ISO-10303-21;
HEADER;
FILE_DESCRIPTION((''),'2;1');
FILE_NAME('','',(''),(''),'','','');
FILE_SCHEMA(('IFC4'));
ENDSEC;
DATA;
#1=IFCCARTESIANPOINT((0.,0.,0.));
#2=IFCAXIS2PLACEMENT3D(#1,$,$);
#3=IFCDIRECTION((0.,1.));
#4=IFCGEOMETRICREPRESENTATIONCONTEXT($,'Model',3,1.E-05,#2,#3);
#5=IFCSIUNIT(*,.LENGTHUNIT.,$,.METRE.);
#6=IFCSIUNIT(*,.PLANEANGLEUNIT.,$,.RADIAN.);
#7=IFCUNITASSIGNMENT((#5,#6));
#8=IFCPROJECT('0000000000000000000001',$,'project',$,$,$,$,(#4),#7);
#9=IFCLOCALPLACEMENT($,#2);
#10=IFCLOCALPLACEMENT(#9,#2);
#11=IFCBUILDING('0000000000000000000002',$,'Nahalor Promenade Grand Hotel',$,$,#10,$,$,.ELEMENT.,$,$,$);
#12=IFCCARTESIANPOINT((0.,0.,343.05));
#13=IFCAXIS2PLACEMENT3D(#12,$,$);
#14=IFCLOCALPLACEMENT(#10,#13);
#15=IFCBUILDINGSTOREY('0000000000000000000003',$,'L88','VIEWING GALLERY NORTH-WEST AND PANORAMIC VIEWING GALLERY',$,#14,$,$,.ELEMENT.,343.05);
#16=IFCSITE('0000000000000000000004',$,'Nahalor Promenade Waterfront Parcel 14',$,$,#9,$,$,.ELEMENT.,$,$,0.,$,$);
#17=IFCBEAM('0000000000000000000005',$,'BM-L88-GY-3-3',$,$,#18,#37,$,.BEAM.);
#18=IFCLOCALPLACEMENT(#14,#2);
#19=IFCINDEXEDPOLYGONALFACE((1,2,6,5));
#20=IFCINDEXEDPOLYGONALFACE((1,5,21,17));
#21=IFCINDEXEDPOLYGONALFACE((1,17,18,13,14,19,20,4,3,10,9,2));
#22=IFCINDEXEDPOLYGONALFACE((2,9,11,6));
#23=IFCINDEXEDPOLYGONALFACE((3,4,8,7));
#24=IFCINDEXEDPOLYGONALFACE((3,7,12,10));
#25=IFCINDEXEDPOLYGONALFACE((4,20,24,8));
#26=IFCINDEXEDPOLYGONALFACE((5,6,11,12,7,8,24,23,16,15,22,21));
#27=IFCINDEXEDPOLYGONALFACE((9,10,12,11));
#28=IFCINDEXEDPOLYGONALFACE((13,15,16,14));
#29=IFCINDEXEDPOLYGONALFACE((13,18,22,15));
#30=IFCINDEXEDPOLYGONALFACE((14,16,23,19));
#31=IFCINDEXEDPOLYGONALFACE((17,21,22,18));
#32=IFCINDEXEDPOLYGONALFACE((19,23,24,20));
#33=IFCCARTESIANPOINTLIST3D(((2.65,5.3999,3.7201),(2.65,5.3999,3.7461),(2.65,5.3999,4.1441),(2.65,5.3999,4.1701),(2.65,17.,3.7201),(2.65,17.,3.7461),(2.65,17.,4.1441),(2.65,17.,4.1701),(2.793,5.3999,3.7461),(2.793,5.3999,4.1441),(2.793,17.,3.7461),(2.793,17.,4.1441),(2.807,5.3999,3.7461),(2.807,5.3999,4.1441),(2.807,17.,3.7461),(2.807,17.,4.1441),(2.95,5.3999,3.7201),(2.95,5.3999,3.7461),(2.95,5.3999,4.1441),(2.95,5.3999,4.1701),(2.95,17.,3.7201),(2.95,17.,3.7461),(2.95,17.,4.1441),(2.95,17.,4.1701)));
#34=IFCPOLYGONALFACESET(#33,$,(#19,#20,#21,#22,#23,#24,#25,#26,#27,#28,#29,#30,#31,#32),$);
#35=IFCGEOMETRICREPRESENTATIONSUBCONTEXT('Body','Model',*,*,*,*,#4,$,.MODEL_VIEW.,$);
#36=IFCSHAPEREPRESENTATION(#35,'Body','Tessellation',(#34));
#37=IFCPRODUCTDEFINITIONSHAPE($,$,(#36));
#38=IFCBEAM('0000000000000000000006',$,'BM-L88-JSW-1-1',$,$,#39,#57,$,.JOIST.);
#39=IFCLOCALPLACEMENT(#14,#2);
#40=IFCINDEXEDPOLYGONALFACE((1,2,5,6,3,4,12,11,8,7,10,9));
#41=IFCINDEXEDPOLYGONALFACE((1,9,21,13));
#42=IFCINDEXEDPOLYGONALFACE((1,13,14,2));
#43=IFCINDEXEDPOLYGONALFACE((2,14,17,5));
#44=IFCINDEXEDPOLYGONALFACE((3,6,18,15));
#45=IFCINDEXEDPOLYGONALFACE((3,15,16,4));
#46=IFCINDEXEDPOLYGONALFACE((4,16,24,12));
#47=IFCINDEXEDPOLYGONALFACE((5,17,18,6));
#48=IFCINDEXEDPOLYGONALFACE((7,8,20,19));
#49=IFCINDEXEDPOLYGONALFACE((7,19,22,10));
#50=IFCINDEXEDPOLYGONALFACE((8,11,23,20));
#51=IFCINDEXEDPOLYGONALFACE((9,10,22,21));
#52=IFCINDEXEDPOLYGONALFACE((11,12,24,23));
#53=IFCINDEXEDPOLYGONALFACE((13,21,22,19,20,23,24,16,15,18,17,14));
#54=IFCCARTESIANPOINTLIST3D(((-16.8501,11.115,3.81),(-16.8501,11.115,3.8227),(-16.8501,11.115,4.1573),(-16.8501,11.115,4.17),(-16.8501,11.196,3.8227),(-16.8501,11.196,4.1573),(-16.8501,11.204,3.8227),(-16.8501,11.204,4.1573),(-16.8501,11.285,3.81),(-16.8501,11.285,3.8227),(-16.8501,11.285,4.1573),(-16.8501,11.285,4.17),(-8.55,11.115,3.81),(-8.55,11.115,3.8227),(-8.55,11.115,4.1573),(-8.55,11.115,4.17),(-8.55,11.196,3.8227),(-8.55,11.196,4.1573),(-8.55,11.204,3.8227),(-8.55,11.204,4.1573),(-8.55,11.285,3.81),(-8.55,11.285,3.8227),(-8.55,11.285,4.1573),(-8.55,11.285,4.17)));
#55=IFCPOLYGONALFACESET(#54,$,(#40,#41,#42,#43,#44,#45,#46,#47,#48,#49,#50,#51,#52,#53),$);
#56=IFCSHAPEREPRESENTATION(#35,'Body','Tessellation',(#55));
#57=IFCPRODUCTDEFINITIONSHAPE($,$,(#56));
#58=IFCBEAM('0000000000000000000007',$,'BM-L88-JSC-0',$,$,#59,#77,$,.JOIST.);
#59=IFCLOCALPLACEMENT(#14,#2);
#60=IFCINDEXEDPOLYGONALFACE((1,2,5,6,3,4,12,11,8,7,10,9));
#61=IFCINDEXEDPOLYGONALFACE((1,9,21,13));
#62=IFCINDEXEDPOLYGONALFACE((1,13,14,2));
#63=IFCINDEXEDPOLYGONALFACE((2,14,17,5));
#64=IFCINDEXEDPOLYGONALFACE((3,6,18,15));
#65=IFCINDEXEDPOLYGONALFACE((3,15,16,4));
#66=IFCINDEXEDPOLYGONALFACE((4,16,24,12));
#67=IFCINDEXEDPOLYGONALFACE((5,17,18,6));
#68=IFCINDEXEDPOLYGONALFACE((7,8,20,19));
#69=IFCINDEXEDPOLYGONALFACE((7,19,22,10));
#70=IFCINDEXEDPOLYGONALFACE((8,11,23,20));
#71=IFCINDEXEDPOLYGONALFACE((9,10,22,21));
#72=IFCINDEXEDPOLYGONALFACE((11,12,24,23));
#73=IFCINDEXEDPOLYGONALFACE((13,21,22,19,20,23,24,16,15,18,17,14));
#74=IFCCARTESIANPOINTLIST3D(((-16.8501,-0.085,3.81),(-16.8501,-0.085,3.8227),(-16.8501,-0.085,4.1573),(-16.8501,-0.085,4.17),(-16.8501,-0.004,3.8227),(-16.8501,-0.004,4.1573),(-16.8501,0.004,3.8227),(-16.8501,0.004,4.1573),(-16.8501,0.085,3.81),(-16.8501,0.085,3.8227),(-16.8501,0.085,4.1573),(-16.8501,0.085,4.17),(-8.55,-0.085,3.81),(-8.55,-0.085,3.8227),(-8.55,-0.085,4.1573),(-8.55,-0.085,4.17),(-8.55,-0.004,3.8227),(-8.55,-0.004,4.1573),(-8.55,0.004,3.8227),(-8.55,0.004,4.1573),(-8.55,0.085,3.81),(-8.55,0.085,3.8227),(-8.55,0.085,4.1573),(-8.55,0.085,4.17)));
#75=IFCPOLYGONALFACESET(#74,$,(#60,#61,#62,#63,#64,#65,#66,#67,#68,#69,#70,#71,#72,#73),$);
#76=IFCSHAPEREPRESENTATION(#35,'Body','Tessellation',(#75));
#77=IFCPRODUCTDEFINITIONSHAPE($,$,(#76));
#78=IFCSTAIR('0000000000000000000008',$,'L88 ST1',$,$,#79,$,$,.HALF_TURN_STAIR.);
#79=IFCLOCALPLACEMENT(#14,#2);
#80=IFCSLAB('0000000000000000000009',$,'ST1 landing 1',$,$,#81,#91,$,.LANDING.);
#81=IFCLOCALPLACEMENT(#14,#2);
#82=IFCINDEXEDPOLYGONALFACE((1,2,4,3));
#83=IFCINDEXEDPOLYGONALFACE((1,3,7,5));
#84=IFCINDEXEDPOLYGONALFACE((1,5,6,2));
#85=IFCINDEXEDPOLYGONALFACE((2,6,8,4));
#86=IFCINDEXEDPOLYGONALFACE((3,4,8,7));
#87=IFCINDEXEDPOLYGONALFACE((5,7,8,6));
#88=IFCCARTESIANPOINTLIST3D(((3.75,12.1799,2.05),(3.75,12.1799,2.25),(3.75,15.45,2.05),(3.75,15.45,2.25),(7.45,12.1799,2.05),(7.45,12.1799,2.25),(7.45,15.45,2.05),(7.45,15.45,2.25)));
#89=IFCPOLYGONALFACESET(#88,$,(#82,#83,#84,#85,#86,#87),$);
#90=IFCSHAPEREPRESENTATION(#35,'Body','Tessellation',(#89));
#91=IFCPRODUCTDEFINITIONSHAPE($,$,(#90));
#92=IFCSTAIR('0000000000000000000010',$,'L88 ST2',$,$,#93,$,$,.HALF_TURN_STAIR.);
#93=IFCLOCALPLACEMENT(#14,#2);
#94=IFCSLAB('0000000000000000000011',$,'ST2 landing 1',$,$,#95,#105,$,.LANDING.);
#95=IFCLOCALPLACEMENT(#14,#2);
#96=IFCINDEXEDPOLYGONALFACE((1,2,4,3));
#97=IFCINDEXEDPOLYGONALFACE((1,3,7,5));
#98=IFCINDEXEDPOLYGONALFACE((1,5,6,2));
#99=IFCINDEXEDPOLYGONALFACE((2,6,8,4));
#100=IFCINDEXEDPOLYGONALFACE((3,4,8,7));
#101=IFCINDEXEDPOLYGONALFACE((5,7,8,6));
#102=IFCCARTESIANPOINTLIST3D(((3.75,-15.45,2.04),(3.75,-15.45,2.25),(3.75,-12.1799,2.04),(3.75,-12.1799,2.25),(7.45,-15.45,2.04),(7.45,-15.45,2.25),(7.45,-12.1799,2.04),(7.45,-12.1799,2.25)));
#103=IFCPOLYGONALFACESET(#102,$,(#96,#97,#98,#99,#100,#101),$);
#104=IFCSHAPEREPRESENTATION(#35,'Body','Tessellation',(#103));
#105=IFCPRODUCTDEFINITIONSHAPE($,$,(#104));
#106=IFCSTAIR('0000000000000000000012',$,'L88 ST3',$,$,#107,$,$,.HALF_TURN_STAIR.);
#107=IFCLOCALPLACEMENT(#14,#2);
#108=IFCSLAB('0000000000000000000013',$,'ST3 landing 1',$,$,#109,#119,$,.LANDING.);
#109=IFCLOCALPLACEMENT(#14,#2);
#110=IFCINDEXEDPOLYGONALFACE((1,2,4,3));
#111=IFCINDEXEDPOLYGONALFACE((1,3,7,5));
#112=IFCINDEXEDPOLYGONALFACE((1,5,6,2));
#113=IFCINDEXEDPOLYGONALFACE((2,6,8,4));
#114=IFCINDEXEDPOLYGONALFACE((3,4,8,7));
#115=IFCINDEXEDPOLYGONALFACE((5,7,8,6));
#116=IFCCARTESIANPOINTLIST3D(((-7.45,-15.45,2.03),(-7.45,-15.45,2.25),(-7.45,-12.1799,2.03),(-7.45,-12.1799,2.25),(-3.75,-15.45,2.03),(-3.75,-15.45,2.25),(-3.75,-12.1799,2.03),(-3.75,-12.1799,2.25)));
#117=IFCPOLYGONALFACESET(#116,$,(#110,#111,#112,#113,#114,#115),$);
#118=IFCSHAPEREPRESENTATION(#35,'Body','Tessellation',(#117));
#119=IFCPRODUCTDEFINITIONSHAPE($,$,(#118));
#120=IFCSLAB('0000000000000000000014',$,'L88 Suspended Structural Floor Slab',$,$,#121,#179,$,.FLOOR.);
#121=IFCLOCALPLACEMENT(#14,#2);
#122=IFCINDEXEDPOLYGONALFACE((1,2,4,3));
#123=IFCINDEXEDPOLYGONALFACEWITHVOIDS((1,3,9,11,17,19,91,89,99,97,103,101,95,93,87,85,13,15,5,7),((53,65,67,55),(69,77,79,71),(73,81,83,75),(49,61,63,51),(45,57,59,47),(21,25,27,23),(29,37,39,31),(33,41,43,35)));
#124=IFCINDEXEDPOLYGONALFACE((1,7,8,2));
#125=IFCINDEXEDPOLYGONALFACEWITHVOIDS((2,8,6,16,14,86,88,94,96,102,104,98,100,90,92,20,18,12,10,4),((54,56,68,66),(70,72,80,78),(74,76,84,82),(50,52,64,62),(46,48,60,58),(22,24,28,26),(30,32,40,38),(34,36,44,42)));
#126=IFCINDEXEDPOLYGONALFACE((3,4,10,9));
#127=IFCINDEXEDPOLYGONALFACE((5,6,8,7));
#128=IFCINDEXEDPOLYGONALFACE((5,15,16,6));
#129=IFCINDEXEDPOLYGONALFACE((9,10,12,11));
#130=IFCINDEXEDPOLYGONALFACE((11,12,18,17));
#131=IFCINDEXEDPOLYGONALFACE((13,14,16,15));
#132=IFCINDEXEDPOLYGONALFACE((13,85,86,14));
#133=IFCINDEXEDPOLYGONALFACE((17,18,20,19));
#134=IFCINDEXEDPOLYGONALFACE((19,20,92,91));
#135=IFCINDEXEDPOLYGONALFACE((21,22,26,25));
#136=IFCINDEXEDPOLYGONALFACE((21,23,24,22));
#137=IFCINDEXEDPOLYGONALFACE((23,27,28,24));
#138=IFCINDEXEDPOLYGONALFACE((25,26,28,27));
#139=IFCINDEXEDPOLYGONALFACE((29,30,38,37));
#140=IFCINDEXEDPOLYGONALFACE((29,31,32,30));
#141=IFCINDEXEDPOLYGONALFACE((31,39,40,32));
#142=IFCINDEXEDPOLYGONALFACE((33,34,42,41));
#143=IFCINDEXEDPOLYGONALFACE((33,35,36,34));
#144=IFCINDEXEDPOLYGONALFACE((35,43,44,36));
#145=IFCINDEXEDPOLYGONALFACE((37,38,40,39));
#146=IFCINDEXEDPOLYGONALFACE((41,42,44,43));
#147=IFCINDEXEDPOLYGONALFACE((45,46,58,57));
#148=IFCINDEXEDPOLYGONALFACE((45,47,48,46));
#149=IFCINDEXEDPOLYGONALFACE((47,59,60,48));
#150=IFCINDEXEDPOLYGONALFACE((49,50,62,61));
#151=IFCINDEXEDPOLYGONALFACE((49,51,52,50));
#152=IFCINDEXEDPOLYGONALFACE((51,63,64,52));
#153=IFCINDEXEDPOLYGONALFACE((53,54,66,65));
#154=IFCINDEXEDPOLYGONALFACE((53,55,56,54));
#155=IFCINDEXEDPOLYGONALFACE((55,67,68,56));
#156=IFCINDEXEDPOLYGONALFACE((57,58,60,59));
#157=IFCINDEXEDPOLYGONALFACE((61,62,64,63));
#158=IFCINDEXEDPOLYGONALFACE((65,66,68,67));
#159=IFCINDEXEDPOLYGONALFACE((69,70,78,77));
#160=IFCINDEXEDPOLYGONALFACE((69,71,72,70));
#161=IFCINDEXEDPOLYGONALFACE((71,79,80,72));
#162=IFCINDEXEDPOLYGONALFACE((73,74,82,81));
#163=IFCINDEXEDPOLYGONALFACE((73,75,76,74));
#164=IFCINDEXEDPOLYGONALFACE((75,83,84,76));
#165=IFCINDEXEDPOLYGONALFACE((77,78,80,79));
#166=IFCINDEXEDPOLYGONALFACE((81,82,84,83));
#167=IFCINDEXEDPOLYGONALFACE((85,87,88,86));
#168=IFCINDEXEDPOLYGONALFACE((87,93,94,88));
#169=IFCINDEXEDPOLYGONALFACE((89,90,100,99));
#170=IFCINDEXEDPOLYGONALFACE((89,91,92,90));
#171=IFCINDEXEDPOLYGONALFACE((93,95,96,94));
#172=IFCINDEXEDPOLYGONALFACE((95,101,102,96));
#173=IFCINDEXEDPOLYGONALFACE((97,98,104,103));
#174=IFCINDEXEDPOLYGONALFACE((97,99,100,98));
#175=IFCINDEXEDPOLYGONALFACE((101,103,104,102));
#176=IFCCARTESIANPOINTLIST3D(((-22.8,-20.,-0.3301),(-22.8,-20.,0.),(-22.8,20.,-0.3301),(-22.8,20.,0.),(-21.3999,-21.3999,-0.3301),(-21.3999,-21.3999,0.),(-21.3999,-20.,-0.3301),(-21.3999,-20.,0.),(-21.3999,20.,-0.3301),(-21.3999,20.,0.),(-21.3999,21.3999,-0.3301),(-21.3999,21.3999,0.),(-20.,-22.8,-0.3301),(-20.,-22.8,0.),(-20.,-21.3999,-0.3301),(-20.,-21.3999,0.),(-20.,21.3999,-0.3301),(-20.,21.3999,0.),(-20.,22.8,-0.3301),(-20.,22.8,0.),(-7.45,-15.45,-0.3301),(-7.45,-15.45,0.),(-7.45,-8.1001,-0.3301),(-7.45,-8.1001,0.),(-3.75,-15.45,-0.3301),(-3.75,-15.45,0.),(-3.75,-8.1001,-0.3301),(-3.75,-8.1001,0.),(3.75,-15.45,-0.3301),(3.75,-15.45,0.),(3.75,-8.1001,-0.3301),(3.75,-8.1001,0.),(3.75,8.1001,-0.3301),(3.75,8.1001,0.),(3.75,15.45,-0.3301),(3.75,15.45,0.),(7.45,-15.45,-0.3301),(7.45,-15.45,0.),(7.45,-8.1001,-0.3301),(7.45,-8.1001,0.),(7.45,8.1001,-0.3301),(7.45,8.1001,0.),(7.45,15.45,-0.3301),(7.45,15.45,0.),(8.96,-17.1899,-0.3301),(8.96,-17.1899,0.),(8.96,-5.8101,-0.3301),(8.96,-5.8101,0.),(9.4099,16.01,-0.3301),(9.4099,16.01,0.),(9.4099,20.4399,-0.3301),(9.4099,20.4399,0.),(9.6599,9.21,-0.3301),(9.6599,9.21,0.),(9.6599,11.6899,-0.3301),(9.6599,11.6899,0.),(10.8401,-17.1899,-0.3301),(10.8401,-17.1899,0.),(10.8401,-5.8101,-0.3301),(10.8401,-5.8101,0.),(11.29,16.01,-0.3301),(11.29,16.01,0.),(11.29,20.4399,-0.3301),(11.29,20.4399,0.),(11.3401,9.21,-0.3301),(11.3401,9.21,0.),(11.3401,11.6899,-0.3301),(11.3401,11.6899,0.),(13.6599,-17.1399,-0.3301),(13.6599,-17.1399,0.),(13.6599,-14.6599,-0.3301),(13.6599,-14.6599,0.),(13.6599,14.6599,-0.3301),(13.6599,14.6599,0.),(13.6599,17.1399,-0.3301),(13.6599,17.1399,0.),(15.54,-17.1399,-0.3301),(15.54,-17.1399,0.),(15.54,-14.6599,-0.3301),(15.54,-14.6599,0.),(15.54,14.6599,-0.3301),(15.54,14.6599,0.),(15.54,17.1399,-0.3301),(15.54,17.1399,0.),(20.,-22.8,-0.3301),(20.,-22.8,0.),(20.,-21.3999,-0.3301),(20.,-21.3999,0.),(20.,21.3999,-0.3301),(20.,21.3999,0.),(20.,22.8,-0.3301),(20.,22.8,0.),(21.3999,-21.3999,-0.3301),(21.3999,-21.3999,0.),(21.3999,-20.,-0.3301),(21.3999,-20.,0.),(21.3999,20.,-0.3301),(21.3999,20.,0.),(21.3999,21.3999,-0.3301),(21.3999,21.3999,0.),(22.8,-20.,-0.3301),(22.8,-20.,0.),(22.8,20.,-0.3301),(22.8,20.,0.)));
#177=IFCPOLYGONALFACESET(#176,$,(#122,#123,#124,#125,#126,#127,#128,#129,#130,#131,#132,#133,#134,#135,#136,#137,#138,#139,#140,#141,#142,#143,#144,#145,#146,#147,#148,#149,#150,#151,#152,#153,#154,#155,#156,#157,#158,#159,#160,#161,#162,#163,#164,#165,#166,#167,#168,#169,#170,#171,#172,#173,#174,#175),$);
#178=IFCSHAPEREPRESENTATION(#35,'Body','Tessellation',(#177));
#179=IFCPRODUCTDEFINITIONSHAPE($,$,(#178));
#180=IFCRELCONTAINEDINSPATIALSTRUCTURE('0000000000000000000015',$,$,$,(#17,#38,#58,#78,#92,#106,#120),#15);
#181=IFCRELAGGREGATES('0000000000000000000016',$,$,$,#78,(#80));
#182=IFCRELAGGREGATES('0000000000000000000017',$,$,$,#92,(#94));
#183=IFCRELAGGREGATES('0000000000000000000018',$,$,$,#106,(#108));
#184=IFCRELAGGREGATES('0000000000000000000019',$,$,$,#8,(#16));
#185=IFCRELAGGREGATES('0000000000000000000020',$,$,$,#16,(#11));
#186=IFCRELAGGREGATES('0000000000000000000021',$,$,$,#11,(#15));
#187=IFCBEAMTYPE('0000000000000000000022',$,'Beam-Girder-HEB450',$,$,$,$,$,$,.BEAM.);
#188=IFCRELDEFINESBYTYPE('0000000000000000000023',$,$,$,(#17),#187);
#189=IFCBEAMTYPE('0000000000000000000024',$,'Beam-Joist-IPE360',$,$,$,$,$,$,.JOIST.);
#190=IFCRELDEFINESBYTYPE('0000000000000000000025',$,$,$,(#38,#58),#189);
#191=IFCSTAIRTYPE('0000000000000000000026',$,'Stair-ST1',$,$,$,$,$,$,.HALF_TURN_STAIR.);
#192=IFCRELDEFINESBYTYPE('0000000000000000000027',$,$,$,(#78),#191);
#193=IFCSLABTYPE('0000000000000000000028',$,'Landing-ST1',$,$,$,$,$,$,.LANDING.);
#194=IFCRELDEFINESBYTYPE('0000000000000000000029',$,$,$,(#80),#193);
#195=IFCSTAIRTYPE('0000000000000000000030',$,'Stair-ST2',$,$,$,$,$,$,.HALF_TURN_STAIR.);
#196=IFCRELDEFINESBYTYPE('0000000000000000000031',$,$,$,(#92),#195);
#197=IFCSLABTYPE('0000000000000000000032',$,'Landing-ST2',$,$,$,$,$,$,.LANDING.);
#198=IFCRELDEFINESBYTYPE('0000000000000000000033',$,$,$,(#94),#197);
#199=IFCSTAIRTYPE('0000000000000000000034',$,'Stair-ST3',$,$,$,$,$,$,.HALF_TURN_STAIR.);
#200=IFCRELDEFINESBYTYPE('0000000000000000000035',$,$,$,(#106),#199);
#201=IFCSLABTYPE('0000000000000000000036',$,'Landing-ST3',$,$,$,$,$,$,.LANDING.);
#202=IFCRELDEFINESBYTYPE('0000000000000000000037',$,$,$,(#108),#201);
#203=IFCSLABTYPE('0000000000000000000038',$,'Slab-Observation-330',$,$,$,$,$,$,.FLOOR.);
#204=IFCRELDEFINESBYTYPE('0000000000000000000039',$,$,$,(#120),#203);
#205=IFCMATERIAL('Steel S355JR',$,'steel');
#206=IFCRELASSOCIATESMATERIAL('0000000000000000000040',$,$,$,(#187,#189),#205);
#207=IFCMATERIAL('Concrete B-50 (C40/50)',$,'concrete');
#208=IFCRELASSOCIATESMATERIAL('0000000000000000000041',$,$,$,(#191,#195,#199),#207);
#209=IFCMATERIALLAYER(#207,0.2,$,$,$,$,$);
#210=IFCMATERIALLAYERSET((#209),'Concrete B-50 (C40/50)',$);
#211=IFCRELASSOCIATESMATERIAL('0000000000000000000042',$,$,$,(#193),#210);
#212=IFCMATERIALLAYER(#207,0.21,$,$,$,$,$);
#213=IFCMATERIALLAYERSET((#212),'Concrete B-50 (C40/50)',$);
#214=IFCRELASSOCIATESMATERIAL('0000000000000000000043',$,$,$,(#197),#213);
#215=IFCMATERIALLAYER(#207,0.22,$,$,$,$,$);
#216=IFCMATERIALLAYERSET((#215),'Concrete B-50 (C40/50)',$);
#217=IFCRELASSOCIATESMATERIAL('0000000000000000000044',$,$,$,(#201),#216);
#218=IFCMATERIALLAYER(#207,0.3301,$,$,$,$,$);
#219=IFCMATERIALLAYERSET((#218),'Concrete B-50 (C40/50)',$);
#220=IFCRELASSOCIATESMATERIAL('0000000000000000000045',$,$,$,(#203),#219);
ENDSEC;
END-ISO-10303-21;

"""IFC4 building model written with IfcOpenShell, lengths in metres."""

from ifc_helpers import new_model, si_unit, direction, frame, origin, origin_2d, place, context, subcontext, project, spatial, polyline, i_section, outline, extrude, source, transform, mapped, material, layer, layer_set, material_profile, profile_set, type_object, element, aggregate, save


model = new_model("IFC4")

# Units and contexts
model_context = context("Model", 3, precision=1e-05, world=origin(), true_north=direction((0.0, 1.0)))
body_context = subcontext(model_context, "Body", "Model", "MODEL_VIEW")
ifc_project = project(units=[si_unit("LENGTHUNIT", "METRE"), si_unit("PLANEANGLEUNIT", "RADIAN")], contexts=[model_context])

# Site, building, storey
site_placement = place(None, origin())
site = spatial("IfcSite", under=ifc_project, at=site_placement, Name="Nahalor Promenade Waterfront Parcel 14", CompositionType="ELEMENT", RefElevation=0.0)
building_placement = place(site_placement, origin())
building = spatial("IfcBuilding", under=site, at=building_placement, Name="Nahalor Promenade Grand Hotel", CompositionType="ELEMENT")
storey_placement = place(building_placement, frame((0.0, 0.0, 343.05)))
storey = spatial("IfcBuildingStorey", under=building, at=storey_placement, Name="L88", Description="VIEWING GALLERY NORTH-WEST AND PANORAMIC VIEWING GALLERY", CompositionType="ELEMENT", Elevation=343.05)

# Shared definitions
ifc_material_1 = material(Name="Concrete B-50 (C40/50)", Category="concrete")

# Beams
ifc_material_2 = material(Name="Steel S355JR", Category="steel")
ifc_material_profile_1 = material_profile(ifc_material_2, i_section(OverallWidth=0.3, OverallDepth=0.45, WebThickness=0.014, FlangeThickness=0.026, at=origin_2d()), Name="HEB 450")
ifc_profile_set_1 = profile_set([ifc_material_profile_1], Name="Steel S355JR")
beam_type_1 = type_object("IfcBeamType", Name="Beam-Girder-HEB450", PredefinedType="BEAM", material=ifc_profile_set_1)
shared_shape_1 = source(origin(), body_context, "Body", "SweptSolid", [
    extrude(i_section(OverallWidth=0.3, OverallDepth=0.45, WebThickness=0.014, FlangeThickness=0.026, at=origin_2d()), origin(), (0.0, 0.0, 1.0), 11.6001),
])
for number, where, z_axis, x_axis, name in (
    (1, (2.8, 5.3999, 3.9451), (0.0, 1.0, 0.0), (-1.0, 0.0, 0.0), "BM-L88-GY-3-3"),
):
    element("IfcBeam", number, at=place(storey_placement, frame(where, z_axis=z_axis, x_axis=x_axis)), inside=storey, type_object=beam_type_1, Name=name, PredefinedType="BEAM", context=body_context, shape_type="MappedRepresentation", body=[
        mapped(shared_shape_1, transform((0.0, 0.0, 0.0), scale=1.0)),
    ])
ifc_material_profile_2 = material_profile(ifc_material_2, i_section(OverallWidth=0.17, OverallDepth=0.36, WebThickness=0.008, FlangeThickness=0.0127, at=origin_2d()), Name="IPE 360")
ifc_profile_set_2 = profile_set([ifc_material_profile_2], Name="Steel S355JR")
beam_type_2 = type_object("IfcBeamType", Name="Beam-Joist-IPE360", PredefinedType="JOIST", material=ifc_profile_set_2)
shared_shape_2 = source(origin(), body_context, "Body", "SweptSolid", [
    extrude(i_section(OverallWidth=0.17, OverallDepth=0.36, WebThickness=0.008, FlangeThickness=0.0127, at=origin_2d()), origin(), (0.0, 0.0, 1.0), 8.3),
])
for number, where, z_axis, x_axis, name in (
    (2, (-16.8501, 11.2, 3.99), (1.0, 0.0, 0.0), (0.0, 1.0, 0.0), "BM-L88-JSW-1-1"),
    (3, (-16.8501, 0.0, 3.99), (1.0, 0.0, 0.0), (0.0, 1.0, 0.0), "BM-L88-JSC-0"),
):
    element("IfcBeam", number, at=place(storey_placement, frame(where, z_axis=z_axis, x_axis=x_axis)), inside=storey, type_object=beam_type_2, Name=name, PredefinedType="JOIST", context=body_context, shape_type="MappedRepresentation", body=[
        mapped(shared_shape_2, transform((0.0, 0.0, 0.0), scale=1.0)),
    ])

# Stairs, slabs
stair_type_1 = type_object("IfcStairType", Name="Stair-ST1", PredefinedType="HALF_TURN_STAIR", material=ifc_material_1)
stair_1_placement = place(storey_placement, origin())
stair_1 = element("IfcStair", 4, at=stair_1_placement, inside=storey, type_object=stair_type_1, Name="L88 ST1", PredefinedType="HALF_TURN_STAIR")
ifc_layer_1 = layer(ifc_material_1, 0.2)
ifc_layer_set_1 = layer_set([ifc_layer_1], Name="Concrete B-50 (C40/50)")
slab_type_1 = type_object("IfcSlabType", Name="Landing-ST1", PredefinedType="LANDING", material=ifc_layer_set_1)
slab_1_placement = place(storey_placement, frame((0.0, 0.0, 2.05)))
slab_1 = element("IfcSlab", 5, at=slab_1_placement, type_object=slab_type_1, Name="ST1 landing 1", PredefinedType="LANDING", context=body_context, shape_type="SweptSolid", body=[
    extrude(outline(polyline([(7.45, 12.1799), (7.45, 15.45), (3.75, 15.45), (3.75, 12.1799), (7.45, 12.1799)])), origin(), (0.0, 0.0, 1.0), 0.2),
])
aggregate(stair_1, [slab_1])
stair_type_2 = type_object("IfcStairType", Name="Stair-ST2", PredefinedType="HALF_TURN_STAIR", material=ifc_material_1)
stair_2_placement = place(storey_placement, origin())
stair_2 = element("IfcStair", 6, at=stair_2_placement, inside=storey, type_object=stair_type_2, Name="L88 ST2", PredefinedType="HALF_TURN_STAIR")
ifc_layer_2 = layer(ifc_material_1, 0.21)
ifc_layer_set_2 = layer_set([ifc_layer_2], Name="Concrete B-50 (C40/50)")
slab_type_2 = type_object("IfcSlabType", Name="Landing-ST2", PredefinedType="LANDING", material=ifc_layer_set_2)
slab_2_placement = place(storey_placement, frame((0.0, 0.0, 2.04)))
slab_2 = element("IfcSlab", 7, at=slab_2_placement, type_object=slab_type_2, Name="ST2 landing 1", PredefinedType="LANDING", context=body_context, shape_type="SweptSolid", body=[
    extrude(outline(polyline([(3.75, -12.1799), (3.75, -15.45), (7.45, -15.45), (7.45, -12.1799), (3.75, -12.1799)])), origin(), (0.0, 0.0, 1.0), 0.21),
])
aggregate(stair_2, [slab_2])
stair_type_3 = type_object("IfcStairType", Name="Stair-ST3", PredefinedType="HALF_TURN_STAIR", material=ifc_material_1)
stair_3_placement = place(storey_placement, origin())
stair_3 = element("IfcStair", 8, at=stair_3_placement, inside=storey, type_object=stair_type_3, Name="L88 ST3", PredefinedType="HALF_TURN_STAIR")
ifc_layer_3 = layer(ifc_material_1, 0.22)
ifc_layer_set_3 = layer_set([ifc_layer_3], Name="Concrete B-50 (C40/50)")
slab_type_3 = type_object("IfcSlabType", Name="Landing-ST3", PredefinedType="LANDING", material=ifc_layer_set_3)
slab_3_placement = place(storey_placement, frame((0.0, 0.0, 2.03)))
slab_3 = element("IfcSlab", 9, at=slab_3_placement, type_object=slab_type_3, Name="ST3 landing 1", PredefinedType="LANDING", context=body_context, shape_type="SweptSolid", body=[
    extrude(outline(polyline([(-7.45, -12.1799), (-7.45, -15.45), (-3.75, -15.45), (-3.75, -12.1799), (-7.45, -12.1799)])), origin(), (0.0, 0.0, 1.0), 0.22),
])
aggregate(stair_3, [slab_3])

# Slab
ifc_layer_4 = layer(ifc_material_1, 0.3301)
ifc_layer_set_4 = layer_set([ifc_layer_4], Name="Concrete B-50 (C40/50)")
slab_type_4 = type_object("IfcSlabType", Name="Slab-Observation-330", PredefinedType="FLOOR", material=ifc_layer_set_4)
slab_4_placement = place(storey_placement, frame((0.0, 0.0, -0.3301)))
element("IfcSlab", 10, at=slab_4_placement, inside=storey, type_object=slab_type_4, Name="L88 Suspended Structural Floor Slab", PredefinedType="FLOOR", context=body_context, shape_type="SweptSolid", body=[
    extrude(outline(polyline([(-20.0, -22.8), (20.0, -22.8), (20.0, -21.3999), (21.3999, -21.3999), (21.3999, -20.0), (22.8, -20.0), (22.8, 20.0), (21.3999, 20.0), (21.3999, 21.3999), (20.0, 21.3999), (20.0, 22.8), (-20.0, 22.8), (-20.0, 21.3999), (-21.3999, 21.3999), (-21.3999, 20.0), (-22.8, 20.0), (-22.8, -20.0), (-21.3999, -20.0), (-21.3999, -21.3999), (-20.0, -21.3999), (-20.0, -22.8)]), holes=[polyline([(3.75, 8.1001), (7.45, 8.1001), (7.45, 15.45), (3.75, 15.45), (3.75, 8.1001)]), polyline([(3.75, -15.45), (7.45, -15.45), (7.45, -8.1001), (3.75, -8.1001), (3.75, -15.45)]), polyline([(-7.45, -15.45), (-3.75, -15.45), (-3.75, -8.1001), (-7.45, -8.1001), (-7.45, -15.45)]), polyline([(8.96, -17.1899), (10.8401, -17.1899), (10.8401, -5.8101), (8.96, -5.8101), (8.96, -17.1899)]), polyline([(9.4099, 16.01), (11.29, 16.01), (11.29, 20.4399), (9.4099, 20.4399), (9.4099, 16.01)]), polyline([(9.6599, 9.21), (11.3401, 9.21), (11.3401, 11.6899), (9.6599, 11.6899), (9.6599, 9.21)]), polyline([(13.6599, 14.6599), (15.54, 14.6599), (15.54, 17.1399), (13.6599, 17.1399), (13.6599, 14.6599)]), polyline([(13.6599, -17.1399), (15.54, -17.1399), (15.54, -14.6599), (13.6599, -14.6599), (13.6599, -17.1399)])]), origin(), (0.0, 0.0, 1.0), 0.3301),
])

save(model, "model.ifc")
